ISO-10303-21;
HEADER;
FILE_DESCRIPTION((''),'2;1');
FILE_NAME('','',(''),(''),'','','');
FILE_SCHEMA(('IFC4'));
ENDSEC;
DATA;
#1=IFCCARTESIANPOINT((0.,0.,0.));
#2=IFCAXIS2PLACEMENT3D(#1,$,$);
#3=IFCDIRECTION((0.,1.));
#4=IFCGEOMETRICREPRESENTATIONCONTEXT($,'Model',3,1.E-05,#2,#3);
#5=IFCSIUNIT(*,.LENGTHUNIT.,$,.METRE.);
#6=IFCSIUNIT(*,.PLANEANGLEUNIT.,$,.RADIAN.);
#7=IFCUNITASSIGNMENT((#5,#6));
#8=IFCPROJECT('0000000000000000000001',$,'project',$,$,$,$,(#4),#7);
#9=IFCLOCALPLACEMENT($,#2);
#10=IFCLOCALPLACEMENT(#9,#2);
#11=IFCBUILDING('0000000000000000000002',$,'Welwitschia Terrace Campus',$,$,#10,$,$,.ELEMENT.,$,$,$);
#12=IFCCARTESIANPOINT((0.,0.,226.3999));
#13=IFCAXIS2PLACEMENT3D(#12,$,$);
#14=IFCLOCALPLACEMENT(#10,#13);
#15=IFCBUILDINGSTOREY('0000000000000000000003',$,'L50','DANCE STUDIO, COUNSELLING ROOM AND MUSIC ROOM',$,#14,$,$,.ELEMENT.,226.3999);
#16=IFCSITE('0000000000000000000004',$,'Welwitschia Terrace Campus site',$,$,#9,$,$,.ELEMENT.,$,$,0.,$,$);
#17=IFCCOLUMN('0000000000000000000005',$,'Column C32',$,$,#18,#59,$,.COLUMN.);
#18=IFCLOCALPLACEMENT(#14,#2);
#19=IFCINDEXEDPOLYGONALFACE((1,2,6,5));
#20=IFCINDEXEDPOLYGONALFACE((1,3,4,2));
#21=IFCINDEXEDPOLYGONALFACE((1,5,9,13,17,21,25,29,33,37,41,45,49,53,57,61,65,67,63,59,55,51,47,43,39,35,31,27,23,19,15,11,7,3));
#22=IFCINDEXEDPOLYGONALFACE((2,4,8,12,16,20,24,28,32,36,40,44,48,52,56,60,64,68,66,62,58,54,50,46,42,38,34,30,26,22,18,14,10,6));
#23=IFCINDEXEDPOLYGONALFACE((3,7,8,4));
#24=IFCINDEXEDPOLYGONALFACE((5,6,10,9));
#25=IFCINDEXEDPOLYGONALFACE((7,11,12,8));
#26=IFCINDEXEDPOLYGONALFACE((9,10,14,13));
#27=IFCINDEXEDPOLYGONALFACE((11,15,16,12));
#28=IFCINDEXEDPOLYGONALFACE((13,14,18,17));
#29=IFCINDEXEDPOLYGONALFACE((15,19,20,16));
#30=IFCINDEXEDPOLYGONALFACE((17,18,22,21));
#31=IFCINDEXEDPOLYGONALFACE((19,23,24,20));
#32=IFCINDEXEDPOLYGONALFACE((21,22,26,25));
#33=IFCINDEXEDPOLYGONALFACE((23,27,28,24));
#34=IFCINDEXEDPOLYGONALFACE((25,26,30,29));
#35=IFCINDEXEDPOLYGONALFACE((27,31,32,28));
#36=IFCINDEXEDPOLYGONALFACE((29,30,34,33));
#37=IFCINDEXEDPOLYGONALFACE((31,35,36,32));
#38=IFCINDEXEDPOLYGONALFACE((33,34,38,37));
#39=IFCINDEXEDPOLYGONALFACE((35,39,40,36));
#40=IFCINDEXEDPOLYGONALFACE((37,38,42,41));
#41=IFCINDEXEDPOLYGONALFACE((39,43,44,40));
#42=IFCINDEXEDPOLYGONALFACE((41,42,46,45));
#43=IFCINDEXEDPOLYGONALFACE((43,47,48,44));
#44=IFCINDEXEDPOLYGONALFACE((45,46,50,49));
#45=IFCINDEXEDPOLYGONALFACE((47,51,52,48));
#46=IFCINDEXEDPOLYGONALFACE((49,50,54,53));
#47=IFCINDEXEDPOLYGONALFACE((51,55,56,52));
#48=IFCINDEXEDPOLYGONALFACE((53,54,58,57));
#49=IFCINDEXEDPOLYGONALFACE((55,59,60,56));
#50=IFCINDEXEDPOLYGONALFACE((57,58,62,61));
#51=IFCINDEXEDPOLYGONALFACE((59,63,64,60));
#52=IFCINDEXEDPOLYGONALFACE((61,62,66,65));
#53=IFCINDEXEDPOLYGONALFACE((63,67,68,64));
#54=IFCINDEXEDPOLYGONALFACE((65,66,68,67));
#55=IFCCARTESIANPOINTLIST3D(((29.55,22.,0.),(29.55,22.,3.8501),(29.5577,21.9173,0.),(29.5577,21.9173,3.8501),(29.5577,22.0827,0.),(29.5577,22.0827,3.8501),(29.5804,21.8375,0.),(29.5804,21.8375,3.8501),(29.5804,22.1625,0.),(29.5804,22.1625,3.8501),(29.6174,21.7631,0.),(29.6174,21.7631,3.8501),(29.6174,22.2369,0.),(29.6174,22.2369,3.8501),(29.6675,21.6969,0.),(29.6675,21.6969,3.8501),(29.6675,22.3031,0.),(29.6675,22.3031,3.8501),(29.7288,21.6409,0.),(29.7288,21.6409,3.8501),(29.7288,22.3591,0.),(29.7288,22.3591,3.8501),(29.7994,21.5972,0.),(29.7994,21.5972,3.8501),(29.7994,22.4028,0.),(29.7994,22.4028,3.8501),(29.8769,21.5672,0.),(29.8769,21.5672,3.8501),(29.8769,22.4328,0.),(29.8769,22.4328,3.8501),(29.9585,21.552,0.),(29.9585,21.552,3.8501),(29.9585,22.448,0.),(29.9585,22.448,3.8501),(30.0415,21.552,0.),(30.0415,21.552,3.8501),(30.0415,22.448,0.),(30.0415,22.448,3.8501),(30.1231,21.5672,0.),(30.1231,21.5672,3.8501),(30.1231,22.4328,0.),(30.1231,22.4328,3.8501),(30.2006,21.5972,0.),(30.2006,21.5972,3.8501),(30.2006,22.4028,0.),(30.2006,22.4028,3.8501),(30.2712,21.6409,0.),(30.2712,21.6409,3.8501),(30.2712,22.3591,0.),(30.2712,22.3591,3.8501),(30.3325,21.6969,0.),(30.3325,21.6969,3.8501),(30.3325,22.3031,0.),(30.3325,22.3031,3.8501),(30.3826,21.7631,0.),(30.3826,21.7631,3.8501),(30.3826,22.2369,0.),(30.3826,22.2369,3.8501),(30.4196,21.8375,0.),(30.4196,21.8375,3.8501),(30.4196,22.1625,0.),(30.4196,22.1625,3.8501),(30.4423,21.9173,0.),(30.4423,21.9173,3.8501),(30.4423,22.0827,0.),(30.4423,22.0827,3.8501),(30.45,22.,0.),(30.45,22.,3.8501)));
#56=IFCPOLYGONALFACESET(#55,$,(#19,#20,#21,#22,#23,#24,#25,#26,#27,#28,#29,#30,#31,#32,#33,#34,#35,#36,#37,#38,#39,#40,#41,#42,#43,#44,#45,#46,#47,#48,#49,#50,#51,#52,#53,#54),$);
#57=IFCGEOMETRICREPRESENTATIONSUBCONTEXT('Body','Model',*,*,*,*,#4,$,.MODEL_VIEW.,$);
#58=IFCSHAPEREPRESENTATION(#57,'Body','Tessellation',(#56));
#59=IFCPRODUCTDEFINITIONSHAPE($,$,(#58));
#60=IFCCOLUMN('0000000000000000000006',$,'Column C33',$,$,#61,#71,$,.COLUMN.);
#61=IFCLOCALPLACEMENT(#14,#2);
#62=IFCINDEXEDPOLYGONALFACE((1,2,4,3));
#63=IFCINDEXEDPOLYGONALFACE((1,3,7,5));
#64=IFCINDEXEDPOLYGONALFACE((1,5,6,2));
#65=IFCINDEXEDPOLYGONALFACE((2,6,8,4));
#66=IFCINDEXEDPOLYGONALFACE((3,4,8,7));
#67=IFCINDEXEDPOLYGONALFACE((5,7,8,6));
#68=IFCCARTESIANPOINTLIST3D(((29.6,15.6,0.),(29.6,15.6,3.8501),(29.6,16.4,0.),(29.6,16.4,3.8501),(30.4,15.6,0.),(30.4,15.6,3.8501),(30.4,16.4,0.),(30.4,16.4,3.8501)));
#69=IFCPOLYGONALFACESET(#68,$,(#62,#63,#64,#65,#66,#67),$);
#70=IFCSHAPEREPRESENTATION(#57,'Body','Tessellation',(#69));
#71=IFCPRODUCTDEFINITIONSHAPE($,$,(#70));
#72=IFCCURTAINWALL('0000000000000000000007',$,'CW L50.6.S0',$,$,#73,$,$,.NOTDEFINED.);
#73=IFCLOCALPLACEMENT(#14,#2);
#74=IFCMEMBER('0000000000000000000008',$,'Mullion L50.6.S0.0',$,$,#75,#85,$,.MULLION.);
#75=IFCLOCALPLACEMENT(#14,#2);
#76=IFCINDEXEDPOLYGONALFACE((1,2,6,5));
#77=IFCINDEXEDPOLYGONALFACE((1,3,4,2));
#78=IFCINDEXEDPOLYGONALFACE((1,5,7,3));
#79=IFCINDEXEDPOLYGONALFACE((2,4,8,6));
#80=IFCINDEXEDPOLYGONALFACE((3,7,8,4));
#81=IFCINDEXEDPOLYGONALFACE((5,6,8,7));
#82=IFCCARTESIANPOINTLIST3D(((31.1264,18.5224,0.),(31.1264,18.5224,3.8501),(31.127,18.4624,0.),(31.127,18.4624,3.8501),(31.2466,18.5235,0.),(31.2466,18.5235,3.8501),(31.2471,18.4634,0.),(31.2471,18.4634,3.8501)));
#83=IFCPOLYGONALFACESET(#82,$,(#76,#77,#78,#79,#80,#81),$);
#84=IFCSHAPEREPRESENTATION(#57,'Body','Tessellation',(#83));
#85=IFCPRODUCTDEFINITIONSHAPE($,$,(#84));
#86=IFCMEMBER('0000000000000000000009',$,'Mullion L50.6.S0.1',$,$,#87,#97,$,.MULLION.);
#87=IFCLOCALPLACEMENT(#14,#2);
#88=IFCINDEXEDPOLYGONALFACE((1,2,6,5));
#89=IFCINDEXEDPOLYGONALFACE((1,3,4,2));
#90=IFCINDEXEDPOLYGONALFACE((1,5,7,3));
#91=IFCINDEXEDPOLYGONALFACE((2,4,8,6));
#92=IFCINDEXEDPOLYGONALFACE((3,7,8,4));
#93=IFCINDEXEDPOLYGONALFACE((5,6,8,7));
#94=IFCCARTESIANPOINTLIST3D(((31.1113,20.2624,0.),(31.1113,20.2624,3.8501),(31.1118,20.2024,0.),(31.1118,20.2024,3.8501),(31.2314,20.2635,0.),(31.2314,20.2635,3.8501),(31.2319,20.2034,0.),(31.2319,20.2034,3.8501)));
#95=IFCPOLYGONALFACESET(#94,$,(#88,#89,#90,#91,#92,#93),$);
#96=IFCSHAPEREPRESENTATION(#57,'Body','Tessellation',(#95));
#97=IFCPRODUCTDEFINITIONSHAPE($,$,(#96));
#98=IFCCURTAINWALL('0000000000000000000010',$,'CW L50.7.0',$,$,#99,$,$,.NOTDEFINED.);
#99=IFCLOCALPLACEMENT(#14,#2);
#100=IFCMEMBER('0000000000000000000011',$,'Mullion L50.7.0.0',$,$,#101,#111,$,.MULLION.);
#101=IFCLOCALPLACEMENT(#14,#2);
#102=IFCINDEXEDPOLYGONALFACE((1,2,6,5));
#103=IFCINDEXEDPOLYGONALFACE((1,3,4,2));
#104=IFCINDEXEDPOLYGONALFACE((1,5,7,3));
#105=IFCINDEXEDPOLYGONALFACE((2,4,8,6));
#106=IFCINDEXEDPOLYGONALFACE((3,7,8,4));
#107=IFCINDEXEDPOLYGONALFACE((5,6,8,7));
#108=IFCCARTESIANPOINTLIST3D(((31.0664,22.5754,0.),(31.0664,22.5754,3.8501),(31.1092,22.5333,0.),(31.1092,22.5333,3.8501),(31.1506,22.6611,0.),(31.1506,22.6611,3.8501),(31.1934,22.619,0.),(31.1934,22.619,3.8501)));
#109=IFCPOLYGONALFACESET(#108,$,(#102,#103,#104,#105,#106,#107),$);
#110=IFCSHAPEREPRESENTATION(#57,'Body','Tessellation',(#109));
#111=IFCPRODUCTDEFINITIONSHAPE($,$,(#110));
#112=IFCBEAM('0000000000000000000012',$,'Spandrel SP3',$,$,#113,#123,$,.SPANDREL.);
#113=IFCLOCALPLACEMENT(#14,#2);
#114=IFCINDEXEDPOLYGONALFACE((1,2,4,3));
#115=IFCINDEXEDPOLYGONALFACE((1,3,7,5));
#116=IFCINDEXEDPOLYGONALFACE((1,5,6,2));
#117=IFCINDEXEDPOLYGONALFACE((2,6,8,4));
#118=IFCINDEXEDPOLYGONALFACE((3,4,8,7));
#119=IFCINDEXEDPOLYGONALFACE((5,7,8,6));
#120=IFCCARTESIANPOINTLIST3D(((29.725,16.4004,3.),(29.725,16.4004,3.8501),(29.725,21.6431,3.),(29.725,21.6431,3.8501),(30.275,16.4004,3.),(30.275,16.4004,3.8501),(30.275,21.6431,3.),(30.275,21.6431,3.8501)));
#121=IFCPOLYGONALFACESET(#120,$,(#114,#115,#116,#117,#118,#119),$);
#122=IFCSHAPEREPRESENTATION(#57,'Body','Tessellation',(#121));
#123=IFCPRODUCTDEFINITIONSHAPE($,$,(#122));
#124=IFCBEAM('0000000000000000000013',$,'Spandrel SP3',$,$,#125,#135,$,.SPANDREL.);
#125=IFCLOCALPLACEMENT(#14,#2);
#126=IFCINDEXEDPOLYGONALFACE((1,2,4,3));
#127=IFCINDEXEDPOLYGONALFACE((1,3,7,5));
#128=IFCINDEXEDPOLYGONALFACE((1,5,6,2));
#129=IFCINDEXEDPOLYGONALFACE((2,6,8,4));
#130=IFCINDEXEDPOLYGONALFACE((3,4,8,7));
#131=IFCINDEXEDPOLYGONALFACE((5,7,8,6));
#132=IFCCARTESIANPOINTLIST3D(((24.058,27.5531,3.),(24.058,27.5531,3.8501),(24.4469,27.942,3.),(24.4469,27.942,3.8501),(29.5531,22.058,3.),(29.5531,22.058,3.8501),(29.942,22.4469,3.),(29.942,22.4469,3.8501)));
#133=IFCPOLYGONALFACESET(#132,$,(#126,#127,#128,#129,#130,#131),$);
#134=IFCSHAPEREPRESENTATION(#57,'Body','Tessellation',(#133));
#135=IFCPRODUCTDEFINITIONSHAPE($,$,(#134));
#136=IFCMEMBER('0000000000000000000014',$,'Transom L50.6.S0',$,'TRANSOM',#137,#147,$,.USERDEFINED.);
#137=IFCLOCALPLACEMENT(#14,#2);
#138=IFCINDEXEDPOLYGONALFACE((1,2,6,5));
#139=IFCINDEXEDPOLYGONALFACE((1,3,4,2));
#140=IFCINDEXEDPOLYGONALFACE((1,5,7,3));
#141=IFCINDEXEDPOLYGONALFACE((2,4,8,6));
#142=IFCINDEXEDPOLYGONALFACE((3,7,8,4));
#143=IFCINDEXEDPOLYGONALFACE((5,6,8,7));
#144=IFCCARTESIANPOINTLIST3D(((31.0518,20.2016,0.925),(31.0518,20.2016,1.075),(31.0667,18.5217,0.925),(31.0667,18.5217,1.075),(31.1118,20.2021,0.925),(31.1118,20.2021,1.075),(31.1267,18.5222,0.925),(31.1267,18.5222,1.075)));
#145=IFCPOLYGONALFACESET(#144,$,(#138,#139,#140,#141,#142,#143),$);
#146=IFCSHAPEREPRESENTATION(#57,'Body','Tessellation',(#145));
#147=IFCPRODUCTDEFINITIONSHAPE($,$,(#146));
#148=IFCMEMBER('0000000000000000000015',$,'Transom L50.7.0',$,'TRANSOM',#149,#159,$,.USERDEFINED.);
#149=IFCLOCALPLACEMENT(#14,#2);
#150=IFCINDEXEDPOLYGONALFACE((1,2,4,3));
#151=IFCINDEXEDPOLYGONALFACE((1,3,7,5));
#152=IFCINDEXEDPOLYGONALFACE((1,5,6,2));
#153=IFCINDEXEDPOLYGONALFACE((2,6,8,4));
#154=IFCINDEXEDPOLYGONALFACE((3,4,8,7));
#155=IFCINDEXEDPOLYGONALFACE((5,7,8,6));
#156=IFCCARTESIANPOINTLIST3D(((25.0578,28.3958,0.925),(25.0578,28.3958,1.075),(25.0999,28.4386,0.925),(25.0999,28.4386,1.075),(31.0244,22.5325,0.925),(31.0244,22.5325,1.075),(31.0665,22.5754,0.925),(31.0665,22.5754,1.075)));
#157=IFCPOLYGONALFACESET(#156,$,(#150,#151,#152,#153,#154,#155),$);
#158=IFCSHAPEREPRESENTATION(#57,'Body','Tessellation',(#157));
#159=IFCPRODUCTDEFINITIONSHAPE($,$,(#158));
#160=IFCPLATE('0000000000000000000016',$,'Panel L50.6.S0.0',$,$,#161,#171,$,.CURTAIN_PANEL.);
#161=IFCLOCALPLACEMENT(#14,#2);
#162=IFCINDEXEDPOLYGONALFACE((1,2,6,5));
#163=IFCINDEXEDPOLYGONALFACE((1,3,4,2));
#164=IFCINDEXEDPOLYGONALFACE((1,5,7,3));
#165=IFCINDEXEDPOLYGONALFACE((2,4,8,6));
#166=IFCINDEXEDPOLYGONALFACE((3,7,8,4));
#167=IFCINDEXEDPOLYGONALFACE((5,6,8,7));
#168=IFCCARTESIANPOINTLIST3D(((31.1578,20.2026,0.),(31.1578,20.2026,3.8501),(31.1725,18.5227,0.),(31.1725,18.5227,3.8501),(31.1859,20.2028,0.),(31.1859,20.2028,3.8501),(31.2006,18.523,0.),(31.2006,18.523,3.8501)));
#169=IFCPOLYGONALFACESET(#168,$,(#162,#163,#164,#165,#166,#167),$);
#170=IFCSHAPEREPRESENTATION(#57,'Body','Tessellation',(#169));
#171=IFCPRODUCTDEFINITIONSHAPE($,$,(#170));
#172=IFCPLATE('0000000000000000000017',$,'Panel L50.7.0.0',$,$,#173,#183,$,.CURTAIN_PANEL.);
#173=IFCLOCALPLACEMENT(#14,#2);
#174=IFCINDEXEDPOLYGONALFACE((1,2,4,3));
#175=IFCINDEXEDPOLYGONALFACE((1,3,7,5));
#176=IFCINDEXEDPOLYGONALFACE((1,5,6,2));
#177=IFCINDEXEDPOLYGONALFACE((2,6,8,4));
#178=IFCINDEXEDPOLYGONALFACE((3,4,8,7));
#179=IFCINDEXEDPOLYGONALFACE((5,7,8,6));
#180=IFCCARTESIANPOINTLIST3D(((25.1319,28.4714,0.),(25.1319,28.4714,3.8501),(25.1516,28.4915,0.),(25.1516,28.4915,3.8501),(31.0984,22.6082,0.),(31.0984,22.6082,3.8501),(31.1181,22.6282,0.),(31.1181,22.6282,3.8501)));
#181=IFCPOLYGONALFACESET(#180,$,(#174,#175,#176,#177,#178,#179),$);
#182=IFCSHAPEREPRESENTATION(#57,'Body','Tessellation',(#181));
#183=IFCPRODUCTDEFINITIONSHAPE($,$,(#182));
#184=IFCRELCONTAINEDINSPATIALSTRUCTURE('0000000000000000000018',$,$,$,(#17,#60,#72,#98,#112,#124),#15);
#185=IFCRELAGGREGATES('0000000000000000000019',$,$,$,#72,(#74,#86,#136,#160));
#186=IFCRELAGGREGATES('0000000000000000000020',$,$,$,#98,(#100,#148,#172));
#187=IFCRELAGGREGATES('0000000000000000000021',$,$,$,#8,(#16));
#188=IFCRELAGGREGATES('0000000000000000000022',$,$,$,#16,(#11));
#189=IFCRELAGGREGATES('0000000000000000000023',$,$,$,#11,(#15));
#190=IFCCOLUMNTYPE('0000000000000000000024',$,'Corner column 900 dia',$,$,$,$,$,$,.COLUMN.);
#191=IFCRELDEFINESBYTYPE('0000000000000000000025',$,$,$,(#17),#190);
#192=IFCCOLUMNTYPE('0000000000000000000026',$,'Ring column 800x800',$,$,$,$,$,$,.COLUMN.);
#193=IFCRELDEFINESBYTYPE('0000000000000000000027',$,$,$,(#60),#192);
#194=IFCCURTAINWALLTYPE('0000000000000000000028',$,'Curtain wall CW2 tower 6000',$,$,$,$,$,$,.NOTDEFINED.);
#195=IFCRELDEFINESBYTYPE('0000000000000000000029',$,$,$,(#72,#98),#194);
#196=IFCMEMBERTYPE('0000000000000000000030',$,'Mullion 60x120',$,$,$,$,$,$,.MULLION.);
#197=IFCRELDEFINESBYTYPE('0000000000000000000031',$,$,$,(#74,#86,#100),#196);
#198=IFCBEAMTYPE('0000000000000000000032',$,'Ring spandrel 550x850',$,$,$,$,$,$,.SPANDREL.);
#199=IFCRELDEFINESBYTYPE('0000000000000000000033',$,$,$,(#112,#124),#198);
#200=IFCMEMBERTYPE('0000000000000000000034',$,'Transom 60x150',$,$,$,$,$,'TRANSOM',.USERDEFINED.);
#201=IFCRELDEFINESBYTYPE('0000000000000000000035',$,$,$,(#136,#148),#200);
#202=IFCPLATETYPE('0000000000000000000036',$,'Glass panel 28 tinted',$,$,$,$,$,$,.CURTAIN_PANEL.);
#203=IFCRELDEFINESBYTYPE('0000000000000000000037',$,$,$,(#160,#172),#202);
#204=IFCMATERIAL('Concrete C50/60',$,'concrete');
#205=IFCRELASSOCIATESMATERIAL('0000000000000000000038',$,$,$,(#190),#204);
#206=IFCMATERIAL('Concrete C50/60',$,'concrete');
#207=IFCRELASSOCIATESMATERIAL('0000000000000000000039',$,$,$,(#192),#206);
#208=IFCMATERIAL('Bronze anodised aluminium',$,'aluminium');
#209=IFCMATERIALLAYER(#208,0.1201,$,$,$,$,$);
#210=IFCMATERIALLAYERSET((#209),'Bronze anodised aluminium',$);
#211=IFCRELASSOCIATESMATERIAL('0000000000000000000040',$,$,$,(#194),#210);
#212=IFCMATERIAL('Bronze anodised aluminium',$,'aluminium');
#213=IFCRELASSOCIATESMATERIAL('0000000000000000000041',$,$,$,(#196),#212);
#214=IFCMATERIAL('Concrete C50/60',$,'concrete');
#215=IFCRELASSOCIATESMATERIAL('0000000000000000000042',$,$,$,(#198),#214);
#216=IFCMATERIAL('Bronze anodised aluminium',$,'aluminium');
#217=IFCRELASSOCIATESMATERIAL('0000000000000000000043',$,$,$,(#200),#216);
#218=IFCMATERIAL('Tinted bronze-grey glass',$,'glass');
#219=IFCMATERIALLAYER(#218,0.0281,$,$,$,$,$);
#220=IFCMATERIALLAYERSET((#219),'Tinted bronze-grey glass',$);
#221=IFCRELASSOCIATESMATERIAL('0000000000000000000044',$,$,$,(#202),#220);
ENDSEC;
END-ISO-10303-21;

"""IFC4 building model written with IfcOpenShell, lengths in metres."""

from ifc_helpers import new_model, si_unit, direction, frame, origin, origin_2d, place, context, subcontext, project, spatial, rectangle, circle, extrude, material, layer, layer_set, material_profile, profile_set, type_object, element, aggregate, save


model = new_model("IFC4")

# Units and contexts
model_context = context("Model", 3, precision=1e-05, world=origin(), true_north=direction((0.0, 1.0)))
body_context = subcontext(model_context, "Body", "Model", "MODEL_VIEW")
ifc_project = project(units=[si_unit("LENGTHUNIT", "METRE"), si_unit("PLANEANGLEUNIT", "RADIAN")], contexts=[model_context])

# Site, building, storey
site_placement = place(None, origin())
site = spatial("IfcSite", under=ifc_project, at=site_placement, Name="Welwitschia Terrace Campus site", CompositionType="ELEMENT", RefElevation=0.0)
building_placement = place(site_placement, origin())
building = spatial("IfcBuilding", under=site, at=building_placement, Name="Welwitschia Terrace Campus", CompositionType="ELEMENT")
storey_placement = place(building_placement, frame((0.0, 0.0, 226.3999)))
storey = spatial("IfcBuildingStorey", under=building, at=storey_placement, Name="L50", Description="DANCE STUDIO, COUNSELLING ROOM AND MUSIC ROOM", CompositionType="ELEMENT", Elevation=226.3999)

# Columns
ifc_material_1 = material(Name="Concrete C50/60", Category="concrete")
ifc_material_profile_1 = material_profile(ifc_material_1, circle(Radius=0.45, at=origin_2d()))
ifc_profile_set_1 = profile_set([ifc_material_profile_1], Name="Concrete C50/60")
column_type_1 = type_object("IfcColumnType", Name="Corner column 900 dia", PredefinedType="COLUMN", material=ifc_profile_set_1)
column_1_placement = place(storey_placement, frame((30.0, 22.0, 0.0), z_axis=(0.0, 0.0, 1.0), x_axis=(1.0, 0.0, 0.0)))
element("IfcColumn", 1, at=column_1_placement, inside=storey, type_object=column_type_1, Name="Column C32", PredefinedType="COLUMN", context=body_context, shape_type="SweptSolid", body=[
    extrude(circle(Radius=0.45, at=origin_2d()), origin(), (0.0, 0.0, 1.0), 3.8501),
])
ifc_material_2 = material(Name="Concrete C50/60", Category="concrete")
ifc_material_profile_2 = material_profile(ifc_material_2, rectangle(XDim=0.8, YDim=0.8, at=origin_2d()))
ifc_profile_set_2 = profile_set([ifc_material_profile_2], Name="Concrete C50/60")
column_type_2 = type_object("IfcColumnType", Name="Ring column 800x800", PredefinedType="COLUMN", material=ifc_profile_set_2)
column_2_placement = place(storey_placement, frame((30.0, 16.0, 0.0), z_axis=(0.0, 0.0, 1.0), x_axis=(1.0, 0.0, 0.0)))
element("IfcColumn", 2, at=column_2_placement, inside=storey, type_object=column_type_2, Name="Column C33", PredefinedType="COLUMN", context=body_context, shape_type="SweptSolid", body=[
    extrude(rectangle(XDim=0.8, YDim=0.8, at=origin_2d()), origin(), (0.0, 0.0, 1.0), 3.8501),
])

# Curtain wall, members
ifc_material_3 = material(Name="Bronze anodised aluminium", Category="aluminium")
ifc_layer_1 = layer(ifc_material_3, 0.1201)
ifc_layer_set_1 = layer_set([ifc_layer_1], Name="Bronze anodised aluminium")
curtain_wall_type = type_object("IfcCurtainWallType", Name="Curtain wall CW2 tower 6000", PredefinedType="NOTDEFINED", material=ifc_layer_set_1)
curtain_wall_1_placement = place(storey_placement, origin())
curtain_wall_1 = element("IfcCurtainWall", 3, at=curtain_wall_1_placement, inside=storey, type_object=curtain_wall_type, Name="CW L50.6.S0", PredefinedType="NOTDEFINED")
ifc_material_4 = material(Name="Bronze anodised aluminium", Category="aluminium")
ifc_material_profile_3 = material_profile(ifc_material_4, rectangle(XDim=0.1201, YDim=0.0601, at=origin_2d()))
ifc_profile_set_3 = profile_set([ifc_material_profile_3], Name="Bronze anodised aluminium")
member_type_1 = type_object("IfcMemberType", Name="Mullion 60x120", PredefinedType="MULLION", material=ifc_profile_set_3)
member_1_placement = place(storey_placement, frame((31.1868, 18.4929, 0.0), z_axis=(0.0, 0.0, 1.0), x_axis=(-0.999962, -0.008727, 0.0)))
member_1 = element("IfcMember", 4, at=member_1_placement, type_object=member_type_1, Name="Mullion L50.6.S0.0", PredefinedType="MULLION", context=body_context, shape_type="SweptSolid", body=[
    extrude(rectangle(XDim=0.1201, YDim=0.0601, at=origin_2d()), origin(), (0.0, 0.0, 1.0), 3.8501),
])
member_2_placement = place(storey_placement, frame((31.1716, 20.2329, 0.0), z_axis=(0.0, 0.0, 1.0), x_axis=(-0.999962, -0.008727, 0.0)))
member_2 = element("IfcMember", 5, at=member_2_placement, type_object=member_type_1, Name="Mullion L50.6.S0.1", PredefinedType="MULLION", context=body_context, shape_type="SweptSolid", body=[
    extrude(rectangle(XDim=0.1201, YDim=0.0601, at=origin_2d()), origin(), (0.0, 0.0, 1.0), 3.8501),
])

# Curtain wall, member
curtain_wall_2_placement = place(storey_placement, origin())
curtain_wall_2 = element("IfcCurtainWall", 6, at=curtain_wall_2_placement, inside=storey, type_object=curtain_wall_type, Name="CW L50.7.0", PredefinedType="NOTDEFINED")
member_3_placement = place(storey_placement, frame((31.1299, 22.5972, 0.0), z_axis=(0.0, 0.0, 1.0), x_axis=(-0.700909, -0.71325, 0.0)))
member_3 = element("IfcMember", 7, at=member_3_placement, type_object=member_type_1, Name="Mullion L50.7.0.0", PredefinedType="MULLION", context=body_context, shape_type="SweptSolid", body=[
    extrude(rectangle(XDim=0.1201, YDim=0.0601, at=origin_2d()), origin(), (0.0, 0.0, 1.0), 3.8501),
])

# Beams
ifc_material_5 = material(Name="Concrete C50/60", Category="concrete")
ifc_material_profile_4 = material_profile(ifc_material_5, rectangle(XDim=0.55, YDim=0.8501, at=origin_2d()))
ifc_profile_set_4 = profile_set([ifc_material_profile_4], Name="Concrete C50/60")
beam_type = type_object("IfcBeamType", Name="Ring spandrel 550x850", PredefinedType="SPANDREL", material=ifc_profile_set_4)
beam_1_placement = place(storey_placement, frame((30.0, 16.4004, 3.425), z_axis=(0.0, 1.0, 0.0), x_axis=(-1.0, 0.0, 0.0)))
element("IfcBeam", 8, at=beam_1_placement, inside=storey, type_object=beam_type, Name="Spandrel SP3", PredefinedType="SPANDREL", context=body_context, shape_type="SweptSolid", body=[
    extrude(rectangle(XDim=0.55, YDim=0.8501, at=origin_2d()), origin(), (0.0, 0.0, 1.0), 5.2427),
])
beam_2_placement = place(storey_placement, frame((29.7476, 22.2524, 3.425), z_axis=(-0.707107, 0.707107, 0.0), x_axis=(-0.707107, -0.707107, 0.0)))
element("IfcBeam", 9, at=beam_2_placement, inside=storey, type_object=beam_type, Name="Spandrel SP3", PredefinedType="SPANDREL", context=body_context, shape_type="SweptSolid", body=[
    extrude(rectangle(XDim=0.55, YDim=0.8501, at=origin_2d()), origin(), (0.0, 0.0, 1.0), 7.7712),
])

# Members
ifc_material_6 = material(Name="Bronze anodised aluminium", Category="aluminium")
ifc_material_profile_5 = material_profile(ifc_material_6, rectangle(XDim=0.0601, YDim=0.1499, at=origin_2d()))
ifc_profile_set_5 = profile_set([ifc_material_profile_5], Name="Bronze anodised aluminium")
member_type_2 = type_object("IfcMemberType", Name="Transom 60x150", ElementType="TRANSOM", PredefinedType="USERDEFINED", material=ifc_profile_set_5)
member_4_placement = place(storey_placement, frame((31.0967, 18.522, 1.0), z_axis=(-0.008865, 0.999961, 0.0), x_axis=(-0.999961, -0.008865, 0.0)))
member_4 = element("IfcMember", 10, at=member_4_placement, type_object=member_type_2, Name="Transom L50.6.S0", ObjectType="TRANSOM", PredefinedType="USERDEFINED", context=body_context, shape_type="SweptSolid", body=[
    extrude(rectangle(XDim=0.0601, YDim=0.1499, at=origin_2d()), origin(), (0.0, 0.0, 1.0), 1.6799),
])
member_5_placement = place(storey_placement, frame((31.0454, 22.554, 1.0), z_axis=(-0.713252, 0.700907, 0.0), x_axis=(-0.700907, -0.713252, 0.0)))
member_5 = element("IfcMember", 11, at=member_5_placement, type_object=member_type_2, Name="Transom L50.7.0", ObjectType="TRANSOM", PredefinedType="USERDEFINED", context=body_context, shape_type="SweptSolid", body=[
    extrude(rectangle(XDim=0.0601, YDim=0.1499, at=origin_2d()), origin(), (0.0, 0.0, 1.0), 8.3652),
])

# Plates
ifc_material_7 = material(Name="Tinted bronze-grey glass", Category="glass")
ifc_layer_2 = layer(ifc_material_7, 0.0281)
ifc_layer_set_2 = layer_set([ifc_layer_2], Name="Tinted bronze-grey glass")
plate_type = type_object("IfcPlateType", Name="Glass panel 28 tinted", PredefinedType="CURTAIN_PANEL", material=ifc_layer_set_2)
plate_1_placement = place(storey_placement, frame((31.1792, 19.3628, 0.0), z_axis=(0.0, 0.0, 1.0), x_axis=(-0.008727, 0.999962, 0.0)))
plate_1 = element("IfcPlate", 12, at=plate_1_placement, type_object=plate_type, Name="Panel L50.6.S0.0", PredefinedType="CURTAIN_PANEL", context=body_context, shape_type="SweptSolid", body=[
    extrude(rectangle(XDim=1.6799, YDim=0.0281, at=origin_2d()), origin(), (0.0, 0.0, 1.0), 3.8501),
])
aggregate(curtain_wall_1, [member_1, member_2, member_4, plate_1])
plate_2_placement = place(storey_placement, frame((28.125, 25.5498, 0.0), z_axis=(0.0, 0.0, 1.0), x_axis=(-0.71325, 0.700909, 0.0)))
plate_2 = element("IfcPlate", 13, at=plate_2_placement, type_object=plate_type, Name="Panel L50.7.0.0", PredefinedType="CURTAIN_PANEL", context=body_context, shape_type="SweptSolid", body=[
    extrude(rectangle(XDim=8.3652, YDim=0.0281, at=origin_2d()), origin(), (0.0, 0.0, 1.0), 3.8501),
])
aggregate(curtain_wall_2, [member_3, member_5, plate_2])

save(model, "model.ifc")
